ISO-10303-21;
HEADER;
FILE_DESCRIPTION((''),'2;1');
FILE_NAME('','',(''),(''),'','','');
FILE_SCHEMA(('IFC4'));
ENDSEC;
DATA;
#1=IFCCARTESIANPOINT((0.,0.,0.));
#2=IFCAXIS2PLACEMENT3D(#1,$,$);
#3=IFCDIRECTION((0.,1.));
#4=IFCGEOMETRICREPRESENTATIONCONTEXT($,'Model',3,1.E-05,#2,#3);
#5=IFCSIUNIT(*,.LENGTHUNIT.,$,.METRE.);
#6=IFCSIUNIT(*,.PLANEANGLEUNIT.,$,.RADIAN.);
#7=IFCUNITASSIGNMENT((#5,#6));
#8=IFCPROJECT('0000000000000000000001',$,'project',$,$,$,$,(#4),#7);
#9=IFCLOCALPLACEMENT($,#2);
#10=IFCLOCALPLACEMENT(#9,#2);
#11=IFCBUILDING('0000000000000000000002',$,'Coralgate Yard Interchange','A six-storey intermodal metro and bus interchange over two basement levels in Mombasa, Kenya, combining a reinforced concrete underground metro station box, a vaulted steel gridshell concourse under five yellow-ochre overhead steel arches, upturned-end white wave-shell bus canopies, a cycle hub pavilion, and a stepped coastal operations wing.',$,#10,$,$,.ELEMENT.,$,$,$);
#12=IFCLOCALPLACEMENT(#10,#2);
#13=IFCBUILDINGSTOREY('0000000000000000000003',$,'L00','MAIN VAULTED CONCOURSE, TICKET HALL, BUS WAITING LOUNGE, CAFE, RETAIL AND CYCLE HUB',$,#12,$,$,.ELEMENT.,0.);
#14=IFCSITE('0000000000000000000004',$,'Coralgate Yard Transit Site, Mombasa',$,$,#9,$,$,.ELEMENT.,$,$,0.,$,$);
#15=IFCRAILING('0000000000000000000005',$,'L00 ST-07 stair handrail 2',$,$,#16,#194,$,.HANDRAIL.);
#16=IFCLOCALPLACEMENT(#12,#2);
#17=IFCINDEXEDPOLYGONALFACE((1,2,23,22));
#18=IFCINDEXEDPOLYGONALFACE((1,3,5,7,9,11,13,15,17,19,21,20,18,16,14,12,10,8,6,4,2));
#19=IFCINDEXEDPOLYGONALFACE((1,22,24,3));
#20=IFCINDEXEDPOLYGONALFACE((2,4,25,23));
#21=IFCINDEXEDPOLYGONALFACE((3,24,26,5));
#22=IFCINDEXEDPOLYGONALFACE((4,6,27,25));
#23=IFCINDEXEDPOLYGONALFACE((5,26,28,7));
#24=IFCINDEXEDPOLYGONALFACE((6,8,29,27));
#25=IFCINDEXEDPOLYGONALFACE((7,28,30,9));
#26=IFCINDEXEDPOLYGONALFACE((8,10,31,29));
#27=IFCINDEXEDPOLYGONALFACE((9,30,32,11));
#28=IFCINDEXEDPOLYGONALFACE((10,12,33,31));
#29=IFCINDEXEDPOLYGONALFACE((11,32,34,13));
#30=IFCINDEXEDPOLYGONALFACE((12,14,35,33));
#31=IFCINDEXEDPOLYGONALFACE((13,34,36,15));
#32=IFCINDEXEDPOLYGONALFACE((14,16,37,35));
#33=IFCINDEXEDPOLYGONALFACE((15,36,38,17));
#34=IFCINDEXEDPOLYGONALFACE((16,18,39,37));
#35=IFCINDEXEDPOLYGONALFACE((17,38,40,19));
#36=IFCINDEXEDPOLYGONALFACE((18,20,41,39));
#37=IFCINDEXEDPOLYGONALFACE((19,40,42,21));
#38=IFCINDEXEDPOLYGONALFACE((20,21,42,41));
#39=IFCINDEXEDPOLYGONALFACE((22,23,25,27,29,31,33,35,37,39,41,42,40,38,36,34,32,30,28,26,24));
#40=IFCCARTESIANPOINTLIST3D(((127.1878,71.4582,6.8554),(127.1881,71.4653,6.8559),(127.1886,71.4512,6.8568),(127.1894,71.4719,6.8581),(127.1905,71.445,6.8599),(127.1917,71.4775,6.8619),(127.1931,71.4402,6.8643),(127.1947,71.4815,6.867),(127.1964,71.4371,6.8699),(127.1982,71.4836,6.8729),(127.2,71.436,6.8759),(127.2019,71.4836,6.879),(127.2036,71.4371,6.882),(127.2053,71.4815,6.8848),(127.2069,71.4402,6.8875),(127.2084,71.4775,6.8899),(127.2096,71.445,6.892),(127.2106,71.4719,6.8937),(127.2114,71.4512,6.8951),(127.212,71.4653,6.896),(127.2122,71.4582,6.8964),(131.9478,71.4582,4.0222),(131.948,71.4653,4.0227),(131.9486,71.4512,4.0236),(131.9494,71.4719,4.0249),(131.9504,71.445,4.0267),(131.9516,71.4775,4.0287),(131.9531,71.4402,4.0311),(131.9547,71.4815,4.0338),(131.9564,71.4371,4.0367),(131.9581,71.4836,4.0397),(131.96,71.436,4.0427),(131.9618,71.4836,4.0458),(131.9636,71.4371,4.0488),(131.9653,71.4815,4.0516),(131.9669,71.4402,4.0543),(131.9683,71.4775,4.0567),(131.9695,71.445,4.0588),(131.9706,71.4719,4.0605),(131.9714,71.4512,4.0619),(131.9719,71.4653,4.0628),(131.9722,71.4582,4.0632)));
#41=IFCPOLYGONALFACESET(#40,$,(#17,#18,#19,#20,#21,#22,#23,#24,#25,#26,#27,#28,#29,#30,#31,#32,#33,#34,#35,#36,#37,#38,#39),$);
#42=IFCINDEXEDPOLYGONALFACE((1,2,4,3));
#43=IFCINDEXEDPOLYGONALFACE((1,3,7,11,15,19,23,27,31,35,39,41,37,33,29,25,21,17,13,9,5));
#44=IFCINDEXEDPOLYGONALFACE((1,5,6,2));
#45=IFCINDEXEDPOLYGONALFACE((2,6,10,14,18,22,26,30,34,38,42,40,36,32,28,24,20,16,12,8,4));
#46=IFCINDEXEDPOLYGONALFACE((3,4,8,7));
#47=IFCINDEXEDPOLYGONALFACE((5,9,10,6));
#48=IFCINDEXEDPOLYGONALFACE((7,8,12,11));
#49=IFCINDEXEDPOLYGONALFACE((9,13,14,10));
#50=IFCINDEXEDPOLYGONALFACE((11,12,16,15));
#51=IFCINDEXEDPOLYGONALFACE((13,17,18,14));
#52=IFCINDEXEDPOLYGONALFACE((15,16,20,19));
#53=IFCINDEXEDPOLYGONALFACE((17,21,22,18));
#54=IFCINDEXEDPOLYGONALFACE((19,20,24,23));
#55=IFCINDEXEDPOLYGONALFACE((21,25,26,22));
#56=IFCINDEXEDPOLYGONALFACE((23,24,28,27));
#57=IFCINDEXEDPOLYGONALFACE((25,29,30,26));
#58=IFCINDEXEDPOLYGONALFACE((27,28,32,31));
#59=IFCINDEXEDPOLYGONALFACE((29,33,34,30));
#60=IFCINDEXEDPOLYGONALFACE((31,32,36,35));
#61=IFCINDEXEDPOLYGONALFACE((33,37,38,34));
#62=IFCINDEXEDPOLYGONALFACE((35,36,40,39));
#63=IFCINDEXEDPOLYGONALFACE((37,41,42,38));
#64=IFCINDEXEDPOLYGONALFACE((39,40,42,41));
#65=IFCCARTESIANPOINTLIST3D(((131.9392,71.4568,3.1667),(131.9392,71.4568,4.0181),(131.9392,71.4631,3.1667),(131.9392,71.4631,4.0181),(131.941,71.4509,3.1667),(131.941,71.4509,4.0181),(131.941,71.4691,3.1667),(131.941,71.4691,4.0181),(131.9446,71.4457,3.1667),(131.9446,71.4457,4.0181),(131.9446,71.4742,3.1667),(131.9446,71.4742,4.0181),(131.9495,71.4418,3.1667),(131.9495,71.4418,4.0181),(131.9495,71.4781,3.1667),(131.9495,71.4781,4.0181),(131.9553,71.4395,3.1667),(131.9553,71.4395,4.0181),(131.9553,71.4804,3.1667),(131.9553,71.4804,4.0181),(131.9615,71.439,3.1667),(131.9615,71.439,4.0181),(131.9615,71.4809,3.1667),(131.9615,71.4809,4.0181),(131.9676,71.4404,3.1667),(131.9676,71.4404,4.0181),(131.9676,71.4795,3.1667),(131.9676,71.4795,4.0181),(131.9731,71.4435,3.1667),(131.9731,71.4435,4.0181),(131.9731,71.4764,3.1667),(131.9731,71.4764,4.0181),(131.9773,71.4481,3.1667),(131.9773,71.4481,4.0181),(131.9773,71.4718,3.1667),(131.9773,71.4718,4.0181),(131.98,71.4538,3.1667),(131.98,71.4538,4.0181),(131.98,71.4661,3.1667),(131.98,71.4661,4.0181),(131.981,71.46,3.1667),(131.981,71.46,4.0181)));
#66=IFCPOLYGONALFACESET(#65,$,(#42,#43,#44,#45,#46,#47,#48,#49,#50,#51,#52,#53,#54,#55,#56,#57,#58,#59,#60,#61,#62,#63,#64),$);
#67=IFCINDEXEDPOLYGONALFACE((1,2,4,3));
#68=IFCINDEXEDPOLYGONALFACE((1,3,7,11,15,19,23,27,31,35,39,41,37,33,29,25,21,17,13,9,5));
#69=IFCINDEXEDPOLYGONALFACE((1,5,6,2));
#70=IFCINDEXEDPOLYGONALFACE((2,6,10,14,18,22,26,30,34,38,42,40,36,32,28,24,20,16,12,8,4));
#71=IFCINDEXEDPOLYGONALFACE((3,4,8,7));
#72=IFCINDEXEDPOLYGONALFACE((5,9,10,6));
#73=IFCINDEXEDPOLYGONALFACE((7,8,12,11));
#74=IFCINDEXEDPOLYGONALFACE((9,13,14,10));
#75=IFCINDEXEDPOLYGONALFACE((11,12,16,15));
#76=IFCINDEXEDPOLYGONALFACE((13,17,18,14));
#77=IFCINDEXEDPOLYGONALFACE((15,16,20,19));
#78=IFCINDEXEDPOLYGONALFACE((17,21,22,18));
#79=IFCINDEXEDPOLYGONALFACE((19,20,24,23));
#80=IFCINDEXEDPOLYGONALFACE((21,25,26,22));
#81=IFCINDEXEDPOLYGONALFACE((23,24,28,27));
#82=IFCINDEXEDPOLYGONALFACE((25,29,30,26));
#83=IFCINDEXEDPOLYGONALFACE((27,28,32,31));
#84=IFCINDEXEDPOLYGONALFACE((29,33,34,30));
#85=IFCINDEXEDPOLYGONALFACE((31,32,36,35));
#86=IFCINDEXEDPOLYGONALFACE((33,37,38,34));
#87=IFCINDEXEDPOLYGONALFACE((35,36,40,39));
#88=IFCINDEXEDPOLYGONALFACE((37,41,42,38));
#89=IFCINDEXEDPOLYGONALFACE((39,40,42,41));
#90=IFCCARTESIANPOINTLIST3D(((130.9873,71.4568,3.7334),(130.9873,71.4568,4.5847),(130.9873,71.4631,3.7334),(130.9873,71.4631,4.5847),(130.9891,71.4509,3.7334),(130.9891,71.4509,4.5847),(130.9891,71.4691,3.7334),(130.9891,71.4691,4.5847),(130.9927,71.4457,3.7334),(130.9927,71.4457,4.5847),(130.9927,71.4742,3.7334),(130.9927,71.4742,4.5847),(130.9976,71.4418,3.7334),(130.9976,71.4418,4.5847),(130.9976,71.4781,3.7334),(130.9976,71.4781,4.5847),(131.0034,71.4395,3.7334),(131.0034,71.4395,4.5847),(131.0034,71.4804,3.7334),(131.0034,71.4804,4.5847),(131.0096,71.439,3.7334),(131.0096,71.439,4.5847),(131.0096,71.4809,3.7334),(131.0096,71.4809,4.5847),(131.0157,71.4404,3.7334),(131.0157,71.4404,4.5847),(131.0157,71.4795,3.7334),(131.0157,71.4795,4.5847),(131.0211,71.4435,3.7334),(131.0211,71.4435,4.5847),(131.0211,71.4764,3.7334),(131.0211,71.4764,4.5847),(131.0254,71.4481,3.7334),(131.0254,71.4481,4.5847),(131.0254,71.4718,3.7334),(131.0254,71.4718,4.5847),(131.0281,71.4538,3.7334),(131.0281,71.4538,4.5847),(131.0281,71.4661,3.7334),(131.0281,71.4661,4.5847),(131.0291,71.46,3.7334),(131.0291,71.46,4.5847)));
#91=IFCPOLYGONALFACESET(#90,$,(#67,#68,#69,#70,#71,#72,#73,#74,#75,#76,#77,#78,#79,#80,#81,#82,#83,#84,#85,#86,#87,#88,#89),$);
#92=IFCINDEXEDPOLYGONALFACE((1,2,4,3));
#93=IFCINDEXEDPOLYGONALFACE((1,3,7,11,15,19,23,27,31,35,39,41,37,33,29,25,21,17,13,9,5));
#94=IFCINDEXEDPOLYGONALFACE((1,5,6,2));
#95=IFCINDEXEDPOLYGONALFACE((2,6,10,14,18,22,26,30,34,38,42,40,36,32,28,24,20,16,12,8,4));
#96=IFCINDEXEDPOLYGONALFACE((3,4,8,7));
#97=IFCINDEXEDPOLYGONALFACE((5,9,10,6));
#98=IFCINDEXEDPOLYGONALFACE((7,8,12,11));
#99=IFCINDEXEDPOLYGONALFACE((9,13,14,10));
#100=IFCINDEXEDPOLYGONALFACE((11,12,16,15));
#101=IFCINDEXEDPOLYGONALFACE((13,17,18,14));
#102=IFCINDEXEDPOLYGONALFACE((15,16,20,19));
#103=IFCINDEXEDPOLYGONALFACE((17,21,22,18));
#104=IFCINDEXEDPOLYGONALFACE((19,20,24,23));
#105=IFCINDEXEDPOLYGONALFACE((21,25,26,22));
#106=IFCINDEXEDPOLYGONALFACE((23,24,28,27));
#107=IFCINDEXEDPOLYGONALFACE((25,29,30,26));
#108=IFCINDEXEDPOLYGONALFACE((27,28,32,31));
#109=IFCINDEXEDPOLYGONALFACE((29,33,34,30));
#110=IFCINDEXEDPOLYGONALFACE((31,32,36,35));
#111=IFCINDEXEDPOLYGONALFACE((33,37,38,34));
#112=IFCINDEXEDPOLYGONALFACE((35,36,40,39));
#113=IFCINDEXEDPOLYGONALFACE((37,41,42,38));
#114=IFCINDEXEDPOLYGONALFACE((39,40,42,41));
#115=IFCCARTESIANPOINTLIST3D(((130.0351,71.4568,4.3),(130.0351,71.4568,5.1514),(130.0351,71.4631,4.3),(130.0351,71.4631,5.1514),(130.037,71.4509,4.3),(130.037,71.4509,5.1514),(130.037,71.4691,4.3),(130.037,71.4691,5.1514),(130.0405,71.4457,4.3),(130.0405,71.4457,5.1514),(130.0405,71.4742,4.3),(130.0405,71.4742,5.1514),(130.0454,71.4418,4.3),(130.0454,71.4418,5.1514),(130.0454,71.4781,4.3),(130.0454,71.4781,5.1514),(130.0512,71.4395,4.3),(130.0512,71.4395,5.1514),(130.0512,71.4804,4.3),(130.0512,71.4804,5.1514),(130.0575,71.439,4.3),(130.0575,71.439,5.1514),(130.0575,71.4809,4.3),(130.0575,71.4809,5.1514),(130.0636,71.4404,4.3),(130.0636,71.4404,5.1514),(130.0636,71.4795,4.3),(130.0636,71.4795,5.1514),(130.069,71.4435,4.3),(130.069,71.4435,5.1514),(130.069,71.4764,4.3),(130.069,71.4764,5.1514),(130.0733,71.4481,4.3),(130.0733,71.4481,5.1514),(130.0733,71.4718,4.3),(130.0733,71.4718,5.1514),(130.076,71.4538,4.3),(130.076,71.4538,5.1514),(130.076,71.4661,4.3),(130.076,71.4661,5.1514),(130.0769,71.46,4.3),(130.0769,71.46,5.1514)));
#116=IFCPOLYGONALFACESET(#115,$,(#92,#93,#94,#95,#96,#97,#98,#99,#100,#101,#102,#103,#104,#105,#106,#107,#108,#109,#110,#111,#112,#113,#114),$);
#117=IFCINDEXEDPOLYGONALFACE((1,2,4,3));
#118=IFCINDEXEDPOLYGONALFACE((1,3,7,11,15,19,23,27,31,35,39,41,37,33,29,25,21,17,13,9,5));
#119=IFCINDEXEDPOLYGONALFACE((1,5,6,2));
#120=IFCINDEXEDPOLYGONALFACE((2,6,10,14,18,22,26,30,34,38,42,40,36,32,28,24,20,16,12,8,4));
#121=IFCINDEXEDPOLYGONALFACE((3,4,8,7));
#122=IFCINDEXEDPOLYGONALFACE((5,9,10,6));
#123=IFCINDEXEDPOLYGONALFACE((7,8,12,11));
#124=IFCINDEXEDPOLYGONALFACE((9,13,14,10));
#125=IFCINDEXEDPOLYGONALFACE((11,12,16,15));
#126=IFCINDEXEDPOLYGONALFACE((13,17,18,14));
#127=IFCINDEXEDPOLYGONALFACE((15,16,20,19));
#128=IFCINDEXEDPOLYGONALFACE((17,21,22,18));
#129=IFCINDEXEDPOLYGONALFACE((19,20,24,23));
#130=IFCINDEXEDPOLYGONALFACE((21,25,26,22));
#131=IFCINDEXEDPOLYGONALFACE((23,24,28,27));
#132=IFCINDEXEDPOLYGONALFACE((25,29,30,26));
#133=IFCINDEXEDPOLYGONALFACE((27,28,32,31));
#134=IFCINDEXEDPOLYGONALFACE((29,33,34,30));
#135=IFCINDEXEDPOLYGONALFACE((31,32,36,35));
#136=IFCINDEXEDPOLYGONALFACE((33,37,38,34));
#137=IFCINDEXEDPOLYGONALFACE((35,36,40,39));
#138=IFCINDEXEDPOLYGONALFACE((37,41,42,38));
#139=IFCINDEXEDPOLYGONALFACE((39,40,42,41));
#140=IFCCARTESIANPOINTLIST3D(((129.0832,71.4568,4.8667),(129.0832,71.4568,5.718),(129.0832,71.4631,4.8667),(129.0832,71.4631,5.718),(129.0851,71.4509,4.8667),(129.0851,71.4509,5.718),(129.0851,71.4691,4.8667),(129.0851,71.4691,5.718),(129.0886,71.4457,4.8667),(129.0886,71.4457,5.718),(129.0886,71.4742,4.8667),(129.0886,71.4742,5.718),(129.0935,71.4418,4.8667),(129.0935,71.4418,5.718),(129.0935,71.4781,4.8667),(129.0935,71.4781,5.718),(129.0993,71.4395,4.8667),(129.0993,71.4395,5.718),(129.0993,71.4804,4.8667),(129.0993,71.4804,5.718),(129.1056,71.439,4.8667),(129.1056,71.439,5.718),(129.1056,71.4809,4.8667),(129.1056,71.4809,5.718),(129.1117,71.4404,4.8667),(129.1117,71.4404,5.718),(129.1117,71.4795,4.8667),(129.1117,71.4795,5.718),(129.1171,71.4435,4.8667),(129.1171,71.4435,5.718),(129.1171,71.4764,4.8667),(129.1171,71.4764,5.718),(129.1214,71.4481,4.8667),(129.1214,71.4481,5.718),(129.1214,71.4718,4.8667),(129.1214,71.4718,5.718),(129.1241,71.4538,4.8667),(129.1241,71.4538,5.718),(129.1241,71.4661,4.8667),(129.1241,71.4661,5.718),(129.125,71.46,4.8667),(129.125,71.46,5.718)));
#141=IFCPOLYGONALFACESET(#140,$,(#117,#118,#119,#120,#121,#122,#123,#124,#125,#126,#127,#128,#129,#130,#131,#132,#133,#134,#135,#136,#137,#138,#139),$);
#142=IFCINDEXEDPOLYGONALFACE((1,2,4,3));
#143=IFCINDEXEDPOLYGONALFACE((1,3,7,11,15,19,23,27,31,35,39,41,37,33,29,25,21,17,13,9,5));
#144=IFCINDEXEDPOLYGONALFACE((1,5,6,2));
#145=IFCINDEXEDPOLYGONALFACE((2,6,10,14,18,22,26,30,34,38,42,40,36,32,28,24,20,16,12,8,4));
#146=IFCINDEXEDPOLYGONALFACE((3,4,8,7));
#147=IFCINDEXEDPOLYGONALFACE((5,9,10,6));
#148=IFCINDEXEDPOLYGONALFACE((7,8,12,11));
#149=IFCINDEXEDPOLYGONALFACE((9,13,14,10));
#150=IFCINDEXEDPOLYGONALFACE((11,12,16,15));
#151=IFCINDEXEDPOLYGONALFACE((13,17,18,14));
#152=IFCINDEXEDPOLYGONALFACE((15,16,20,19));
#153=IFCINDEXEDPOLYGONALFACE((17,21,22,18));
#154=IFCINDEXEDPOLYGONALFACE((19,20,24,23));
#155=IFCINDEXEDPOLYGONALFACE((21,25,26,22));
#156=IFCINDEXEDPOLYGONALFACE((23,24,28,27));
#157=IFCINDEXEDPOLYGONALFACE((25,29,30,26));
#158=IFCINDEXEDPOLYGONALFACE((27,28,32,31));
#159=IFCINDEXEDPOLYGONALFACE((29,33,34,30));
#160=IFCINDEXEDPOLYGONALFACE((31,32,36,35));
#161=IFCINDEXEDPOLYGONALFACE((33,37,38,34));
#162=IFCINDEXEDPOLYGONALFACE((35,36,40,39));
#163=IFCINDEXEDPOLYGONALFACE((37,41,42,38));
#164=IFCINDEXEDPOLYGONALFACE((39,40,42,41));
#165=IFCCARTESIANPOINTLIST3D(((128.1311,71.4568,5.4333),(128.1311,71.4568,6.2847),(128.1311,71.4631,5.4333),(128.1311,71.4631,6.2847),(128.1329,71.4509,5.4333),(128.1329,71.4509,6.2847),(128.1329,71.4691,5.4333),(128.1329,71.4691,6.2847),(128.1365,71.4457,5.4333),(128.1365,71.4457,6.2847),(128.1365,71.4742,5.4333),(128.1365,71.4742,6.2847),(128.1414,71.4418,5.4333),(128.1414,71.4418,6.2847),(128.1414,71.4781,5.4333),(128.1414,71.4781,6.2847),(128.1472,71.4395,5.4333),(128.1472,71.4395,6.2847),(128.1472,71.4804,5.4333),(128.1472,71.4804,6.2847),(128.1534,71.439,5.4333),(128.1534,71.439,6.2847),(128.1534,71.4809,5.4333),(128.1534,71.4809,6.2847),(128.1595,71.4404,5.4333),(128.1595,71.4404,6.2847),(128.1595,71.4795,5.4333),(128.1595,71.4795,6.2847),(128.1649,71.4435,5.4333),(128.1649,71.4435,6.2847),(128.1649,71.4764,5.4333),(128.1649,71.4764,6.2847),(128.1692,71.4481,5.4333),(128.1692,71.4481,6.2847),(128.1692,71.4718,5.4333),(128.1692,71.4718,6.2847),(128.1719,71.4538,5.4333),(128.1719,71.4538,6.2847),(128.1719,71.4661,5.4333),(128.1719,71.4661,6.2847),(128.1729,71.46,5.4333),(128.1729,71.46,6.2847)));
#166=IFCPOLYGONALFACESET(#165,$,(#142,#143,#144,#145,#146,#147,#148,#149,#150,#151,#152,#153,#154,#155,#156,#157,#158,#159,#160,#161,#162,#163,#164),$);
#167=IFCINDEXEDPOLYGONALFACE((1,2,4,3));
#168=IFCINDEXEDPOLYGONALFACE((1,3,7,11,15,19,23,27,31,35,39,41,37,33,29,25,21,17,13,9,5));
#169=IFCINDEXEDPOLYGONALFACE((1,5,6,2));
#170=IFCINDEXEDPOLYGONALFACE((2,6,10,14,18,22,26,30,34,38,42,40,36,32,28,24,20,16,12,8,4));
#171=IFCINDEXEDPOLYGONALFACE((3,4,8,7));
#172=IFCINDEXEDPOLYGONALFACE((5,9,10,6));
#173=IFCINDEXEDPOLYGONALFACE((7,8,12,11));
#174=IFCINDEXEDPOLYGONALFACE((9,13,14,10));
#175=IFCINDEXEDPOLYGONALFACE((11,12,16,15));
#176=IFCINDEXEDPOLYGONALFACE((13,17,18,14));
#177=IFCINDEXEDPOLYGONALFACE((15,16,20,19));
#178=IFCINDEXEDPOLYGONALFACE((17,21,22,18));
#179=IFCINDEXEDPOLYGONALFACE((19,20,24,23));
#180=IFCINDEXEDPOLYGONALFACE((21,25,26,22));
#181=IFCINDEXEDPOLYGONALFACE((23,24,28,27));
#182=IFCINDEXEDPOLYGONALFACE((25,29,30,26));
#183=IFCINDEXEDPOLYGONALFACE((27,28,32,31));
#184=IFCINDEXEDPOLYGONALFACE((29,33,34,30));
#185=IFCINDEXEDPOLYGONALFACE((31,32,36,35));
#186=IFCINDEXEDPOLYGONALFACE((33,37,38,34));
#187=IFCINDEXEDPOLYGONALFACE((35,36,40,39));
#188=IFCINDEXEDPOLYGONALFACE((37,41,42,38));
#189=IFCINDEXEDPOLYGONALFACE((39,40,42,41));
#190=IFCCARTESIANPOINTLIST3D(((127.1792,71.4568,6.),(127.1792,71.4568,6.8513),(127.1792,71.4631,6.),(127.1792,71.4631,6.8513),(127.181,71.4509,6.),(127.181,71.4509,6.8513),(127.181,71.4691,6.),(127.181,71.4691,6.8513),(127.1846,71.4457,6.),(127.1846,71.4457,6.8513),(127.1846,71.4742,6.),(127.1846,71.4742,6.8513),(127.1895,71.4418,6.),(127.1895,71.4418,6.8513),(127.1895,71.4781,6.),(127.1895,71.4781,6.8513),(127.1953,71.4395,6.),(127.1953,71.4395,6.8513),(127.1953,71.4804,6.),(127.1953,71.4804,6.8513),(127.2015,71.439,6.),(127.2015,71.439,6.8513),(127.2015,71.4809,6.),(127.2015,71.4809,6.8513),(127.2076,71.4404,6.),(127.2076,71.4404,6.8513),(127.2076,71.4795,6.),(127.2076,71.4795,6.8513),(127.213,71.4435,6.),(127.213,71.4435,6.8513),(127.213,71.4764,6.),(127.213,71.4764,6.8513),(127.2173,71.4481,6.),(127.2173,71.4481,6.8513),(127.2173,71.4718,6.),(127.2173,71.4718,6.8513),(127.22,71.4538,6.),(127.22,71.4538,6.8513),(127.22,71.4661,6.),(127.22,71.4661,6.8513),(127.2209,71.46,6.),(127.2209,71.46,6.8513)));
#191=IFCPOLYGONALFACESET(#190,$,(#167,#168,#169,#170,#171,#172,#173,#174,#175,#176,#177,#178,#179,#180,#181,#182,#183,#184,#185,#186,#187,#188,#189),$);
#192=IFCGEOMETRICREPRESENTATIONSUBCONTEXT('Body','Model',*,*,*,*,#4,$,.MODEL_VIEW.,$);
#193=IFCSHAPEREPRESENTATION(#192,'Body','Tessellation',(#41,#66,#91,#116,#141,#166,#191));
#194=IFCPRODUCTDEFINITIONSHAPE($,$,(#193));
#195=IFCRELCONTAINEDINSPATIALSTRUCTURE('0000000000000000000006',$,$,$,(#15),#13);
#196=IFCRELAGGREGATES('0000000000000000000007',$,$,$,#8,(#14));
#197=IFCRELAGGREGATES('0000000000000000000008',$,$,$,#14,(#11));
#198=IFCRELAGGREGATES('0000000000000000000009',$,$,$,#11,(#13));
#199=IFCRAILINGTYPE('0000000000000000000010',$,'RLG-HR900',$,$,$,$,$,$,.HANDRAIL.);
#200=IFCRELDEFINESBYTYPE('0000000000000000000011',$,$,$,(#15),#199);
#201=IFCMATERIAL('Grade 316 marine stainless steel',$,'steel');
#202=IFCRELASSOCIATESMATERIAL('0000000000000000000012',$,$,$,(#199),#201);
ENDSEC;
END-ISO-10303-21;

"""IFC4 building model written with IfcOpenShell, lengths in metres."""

from ifc_helpers import new_model, si_unit, direction, frame, origin, origin_2d, place, context, subcontext, project, spatial, circle, extrude, material, type_object, element, save


model = new_model("IFC4")

# Units and contexts
model_context = context("Model", 3, precision=1e-05, world=origin(), true_north=direction((0.0, 1.0)))
body_context = subcontext(model_context, "Body", "Model", "MODEL_VIEW")
ifc_project = project(units=[si_unit("LENGTHUNIT", "METRE"), si_unit("PLANEANGLEUNIT", "RADIAN")], contexts=[model_context])

# Site, building, storey
site_placement = place(None, origin())
site = spatial("IfcSite", under=ifc_project, at=site_placement, Name="Coralgate Yard Transit Site, Mombasa", CompositionType="ELEMENT", RefElevation=0.0)
building_placement = place(site_placement, origin())
building = spatial("IfcBuilding", under=site, at=building_placement, Name="Coralgate Yard Interchange", Description="A six-storey intermodal metro and bus interchange over two basement levels in Mombasa, Kenya, combining a reinforced concrete underground metro station box, a vaulted steel gridshell concourse under five yellow-ochre overhead steel arches, upturned-end white wave-shell bus canopies, a cycle hub pavilion, and a stepped coastal operations wing.", CompositionType="ELEMENT")
storey_placement = place(building_placement, origin())
storey = spatial("IfcBuildingStorey", under=building, at=storey_placement, Name="L00", Description="MAIN VAULTED CONCOURSE, TICKET HALL, BUS WAITING LOUNGE, CAFE, RETAIL AND CYCLE HUB", CompositionType="ELEMENT", Elevation=0.0)

# Railing
ifc_material_1 = material(Name="Grade 316 marine stainless steel", Category="steel")
railing_type_1 = type_object("IfcRailingType", Name="RLG-HR900", PredefinedType="HANDRAIL", material=ifc_material_1)
railing_1_placement = place(storey_placement, frame((131.96, 71.46, 3.1667)))
element("IfcRailing", 1, at=railing_1_placement, inside=storey, type_object=railing_type_1, Name="L00 ST-07 stair handrail 2", PredefinedType="HANDRAIL", context=body_context, shape_type="SweptSolid", body=[
    extrude(circle(Radius=0.0239, at=origin_2d()), frame((0.0, 0.0, 0.876), z_axis=(-0.8593, 0.0, 0.511472), x_axis=(0.0, -1.0, 0.0)), (0.0, 0.0, 1.0), 5.5393),
    extrude(circle(Radius=0.021, at=origin_2d()), origin(), (0.0, 0.0, 1.0), 0.8513),
    extrude(circle(Radius=0.021, at=origin_2d()), frame((-0.9519, 0.0, 0.5667)), (0.0, 0.0, 1.0), 0.8513),
    extrude(circle(Radius=0.021, at=origin_2d()), frame((-1.9041, 0.0, 1.1333)), (0.0, 0.0, 1.0), 0.8513),
    extrude(circle(Radius=0.021, at=origin_2d()), frame((-2.856, 0.0, 1.7)), (0.0, 0.0, 1.0), 0.8513),
    extrude(circle(Radius=0.021, at=origin_2d()), frame((-3.8081, 0.0, 2.2666)), (0.0, 0.0, 1.0), 0.8513),
    extrude(circle(Radius=0.021, at=origin_2d()), frame((-4.76, 0.0, 2.8333)), (0.0, 0.0, 1.0), 0.8513),
])

save(model, "model.ifc")
